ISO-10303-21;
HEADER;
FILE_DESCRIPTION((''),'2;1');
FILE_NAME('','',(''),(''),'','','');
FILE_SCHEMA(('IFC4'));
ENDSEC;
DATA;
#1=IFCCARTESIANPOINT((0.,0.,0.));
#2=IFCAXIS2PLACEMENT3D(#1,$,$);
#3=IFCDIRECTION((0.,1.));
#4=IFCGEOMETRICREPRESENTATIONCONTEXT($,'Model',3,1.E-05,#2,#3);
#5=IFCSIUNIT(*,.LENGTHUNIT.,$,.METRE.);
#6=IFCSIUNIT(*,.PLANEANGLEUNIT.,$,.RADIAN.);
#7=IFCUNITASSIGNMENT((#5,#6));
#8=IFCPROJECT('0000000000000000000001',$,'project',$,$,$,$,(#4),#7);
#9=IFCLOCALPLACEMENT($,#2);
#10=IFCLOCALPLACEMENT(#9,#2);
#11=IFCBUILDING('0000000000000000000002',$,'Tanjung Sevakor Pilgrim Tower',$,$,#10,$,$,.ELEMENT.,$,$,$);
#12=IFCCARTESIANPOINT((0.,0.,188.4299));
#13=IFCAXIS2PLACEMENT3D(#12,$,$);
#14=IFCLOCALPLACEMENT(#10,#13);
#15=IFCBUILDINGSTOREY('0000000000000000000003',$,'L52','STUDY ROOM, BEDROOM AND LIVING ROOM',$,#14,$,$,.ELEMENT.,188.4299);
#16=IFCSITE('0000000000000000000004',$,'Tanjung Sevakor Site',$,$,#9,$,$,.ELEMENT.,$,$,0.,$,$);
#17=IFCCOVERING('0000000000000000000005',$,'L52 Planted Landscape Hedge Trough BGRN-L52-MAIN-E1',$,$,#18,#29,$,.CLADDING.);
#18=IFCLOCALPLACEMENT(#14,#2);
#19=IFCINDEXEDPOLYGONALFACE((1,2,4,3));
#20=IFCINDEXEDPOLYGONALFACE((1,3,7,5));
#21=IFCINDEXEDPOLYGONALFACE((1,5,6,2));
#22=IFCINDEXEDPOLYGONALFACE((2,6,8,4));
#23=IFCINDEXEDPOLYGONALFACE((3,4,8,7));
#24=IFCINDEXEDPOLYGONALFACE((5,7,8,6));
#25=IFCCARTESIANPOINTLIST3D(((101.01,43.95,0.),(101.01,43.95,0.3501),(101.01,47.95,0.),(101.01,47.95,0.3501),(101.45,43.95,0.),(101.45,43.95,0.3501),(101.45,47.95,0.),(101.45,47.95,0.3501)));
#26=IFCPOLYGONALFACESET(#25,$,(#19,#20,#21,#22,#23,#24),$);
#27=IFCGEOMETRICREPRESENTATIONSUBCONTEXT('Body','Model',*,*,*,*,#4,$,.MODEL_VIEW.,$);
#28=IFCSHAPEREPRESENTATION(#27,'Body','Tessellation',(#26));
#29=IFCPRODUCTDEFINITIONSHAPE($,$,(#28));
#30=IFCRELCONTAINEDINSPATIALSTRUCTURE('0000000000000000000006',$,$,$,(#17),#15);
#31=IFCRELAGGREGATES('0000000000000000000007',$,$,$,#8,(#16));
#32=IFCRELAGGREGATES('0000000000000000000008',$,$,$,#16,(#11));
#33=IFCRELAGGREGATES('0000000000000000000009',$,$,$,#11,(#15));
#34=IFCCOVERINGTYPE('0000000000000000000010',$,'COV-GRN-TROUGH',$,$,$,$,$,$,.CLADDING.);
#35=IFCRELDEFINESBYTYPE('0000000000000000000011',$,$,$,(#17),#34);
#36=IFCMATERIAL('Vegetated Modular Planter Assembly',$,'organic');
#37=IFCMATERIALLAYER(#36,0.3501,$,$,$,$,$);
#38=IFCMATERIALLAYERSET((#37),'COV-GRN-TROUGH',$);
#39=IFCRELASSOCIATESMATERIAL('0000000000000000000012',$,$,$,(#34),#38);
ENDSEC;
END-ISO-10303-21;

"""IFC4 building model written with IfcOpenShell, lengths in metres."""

from ifc_helpers import new_model, si_unit, direction, frame, origin, place, context, subcontext, project, spatial, polyline, outline, extrude, material, layer, layer_set, type_object, element, save


model = new_model("IFC4")

# Units and contexts
model_context = context("Model", 3, precision=1e-05, world=origin(), true_north=direction((0.0, 1.0)))
body_context = subcontext(model_context, "Body", "Model", "MODEL_VIEW")
ifc_project = project(units=[si_unit("LENGTHUNIT", "METRE"), si_unit("PLANEANGLEUNIT", "RADIAN")], contexts=[model_context])

# Site, building, storey
site_placement = place(None, origin())
site = spatial("IfcSite", under=ifc_project, at=site_placement, Name="Tanjung Sevakor Site", CompositionType="ELEMENT", RefElevation=0.0)
building_placement = place(site_placement, origin())
building = spatial("IfcBuilding", under=site, at=building_placement, Name="Tanjung Sevakor Pilgrim Tower", CompositionType="ELEMENT")
storey_placement = place(building_placement, frame((0.0, 0.0, 188.4299)))
storey = spatial("IfcBuildingStorey", under=building, at=storey_placement, Name="L52", Description="STUDY ROOM, BEDROOM AND LIVING ROOM", CompositionType="ELEMENT", Elevation=188.4299)

# Covering
ifc_material_1 = material(Name="Vegetated Modular Planter Assembly", Category="organic")
ifc_layer_1 = layer(ifc_material_1, 0.3501)
ifc_layer_set_1 = layer_set([ifc_layer_1], Name="COV-GRN-TROUGH")
covering_type = type_object("IfcCoveringType", Name="COV-GRN-TROUGH", PredefinedType="CLADDING", material=ifc_layer_set_1)
covering_1_placement = place(storey_placement, origin())
element("IfcCovering", 1, at=covering_1_placement, inside=storey, type_object=covering_type, Name="L52 Planted Landscape Hedge Trough BGRN-L52-MAIN-E1", PredefinedType="CLADDING", context=body_context, shape_type="SweptSolid", body=[
    extrude(outline(polyline([(101.45, 43.95), (101.45, 47.95), (101.01, 47.95), (101.01, 43.95), (101.45, 43.95)])), origin(), (0.0, 0.0, 1.0), 0.3501),
])

save(model, "model.ifc")
